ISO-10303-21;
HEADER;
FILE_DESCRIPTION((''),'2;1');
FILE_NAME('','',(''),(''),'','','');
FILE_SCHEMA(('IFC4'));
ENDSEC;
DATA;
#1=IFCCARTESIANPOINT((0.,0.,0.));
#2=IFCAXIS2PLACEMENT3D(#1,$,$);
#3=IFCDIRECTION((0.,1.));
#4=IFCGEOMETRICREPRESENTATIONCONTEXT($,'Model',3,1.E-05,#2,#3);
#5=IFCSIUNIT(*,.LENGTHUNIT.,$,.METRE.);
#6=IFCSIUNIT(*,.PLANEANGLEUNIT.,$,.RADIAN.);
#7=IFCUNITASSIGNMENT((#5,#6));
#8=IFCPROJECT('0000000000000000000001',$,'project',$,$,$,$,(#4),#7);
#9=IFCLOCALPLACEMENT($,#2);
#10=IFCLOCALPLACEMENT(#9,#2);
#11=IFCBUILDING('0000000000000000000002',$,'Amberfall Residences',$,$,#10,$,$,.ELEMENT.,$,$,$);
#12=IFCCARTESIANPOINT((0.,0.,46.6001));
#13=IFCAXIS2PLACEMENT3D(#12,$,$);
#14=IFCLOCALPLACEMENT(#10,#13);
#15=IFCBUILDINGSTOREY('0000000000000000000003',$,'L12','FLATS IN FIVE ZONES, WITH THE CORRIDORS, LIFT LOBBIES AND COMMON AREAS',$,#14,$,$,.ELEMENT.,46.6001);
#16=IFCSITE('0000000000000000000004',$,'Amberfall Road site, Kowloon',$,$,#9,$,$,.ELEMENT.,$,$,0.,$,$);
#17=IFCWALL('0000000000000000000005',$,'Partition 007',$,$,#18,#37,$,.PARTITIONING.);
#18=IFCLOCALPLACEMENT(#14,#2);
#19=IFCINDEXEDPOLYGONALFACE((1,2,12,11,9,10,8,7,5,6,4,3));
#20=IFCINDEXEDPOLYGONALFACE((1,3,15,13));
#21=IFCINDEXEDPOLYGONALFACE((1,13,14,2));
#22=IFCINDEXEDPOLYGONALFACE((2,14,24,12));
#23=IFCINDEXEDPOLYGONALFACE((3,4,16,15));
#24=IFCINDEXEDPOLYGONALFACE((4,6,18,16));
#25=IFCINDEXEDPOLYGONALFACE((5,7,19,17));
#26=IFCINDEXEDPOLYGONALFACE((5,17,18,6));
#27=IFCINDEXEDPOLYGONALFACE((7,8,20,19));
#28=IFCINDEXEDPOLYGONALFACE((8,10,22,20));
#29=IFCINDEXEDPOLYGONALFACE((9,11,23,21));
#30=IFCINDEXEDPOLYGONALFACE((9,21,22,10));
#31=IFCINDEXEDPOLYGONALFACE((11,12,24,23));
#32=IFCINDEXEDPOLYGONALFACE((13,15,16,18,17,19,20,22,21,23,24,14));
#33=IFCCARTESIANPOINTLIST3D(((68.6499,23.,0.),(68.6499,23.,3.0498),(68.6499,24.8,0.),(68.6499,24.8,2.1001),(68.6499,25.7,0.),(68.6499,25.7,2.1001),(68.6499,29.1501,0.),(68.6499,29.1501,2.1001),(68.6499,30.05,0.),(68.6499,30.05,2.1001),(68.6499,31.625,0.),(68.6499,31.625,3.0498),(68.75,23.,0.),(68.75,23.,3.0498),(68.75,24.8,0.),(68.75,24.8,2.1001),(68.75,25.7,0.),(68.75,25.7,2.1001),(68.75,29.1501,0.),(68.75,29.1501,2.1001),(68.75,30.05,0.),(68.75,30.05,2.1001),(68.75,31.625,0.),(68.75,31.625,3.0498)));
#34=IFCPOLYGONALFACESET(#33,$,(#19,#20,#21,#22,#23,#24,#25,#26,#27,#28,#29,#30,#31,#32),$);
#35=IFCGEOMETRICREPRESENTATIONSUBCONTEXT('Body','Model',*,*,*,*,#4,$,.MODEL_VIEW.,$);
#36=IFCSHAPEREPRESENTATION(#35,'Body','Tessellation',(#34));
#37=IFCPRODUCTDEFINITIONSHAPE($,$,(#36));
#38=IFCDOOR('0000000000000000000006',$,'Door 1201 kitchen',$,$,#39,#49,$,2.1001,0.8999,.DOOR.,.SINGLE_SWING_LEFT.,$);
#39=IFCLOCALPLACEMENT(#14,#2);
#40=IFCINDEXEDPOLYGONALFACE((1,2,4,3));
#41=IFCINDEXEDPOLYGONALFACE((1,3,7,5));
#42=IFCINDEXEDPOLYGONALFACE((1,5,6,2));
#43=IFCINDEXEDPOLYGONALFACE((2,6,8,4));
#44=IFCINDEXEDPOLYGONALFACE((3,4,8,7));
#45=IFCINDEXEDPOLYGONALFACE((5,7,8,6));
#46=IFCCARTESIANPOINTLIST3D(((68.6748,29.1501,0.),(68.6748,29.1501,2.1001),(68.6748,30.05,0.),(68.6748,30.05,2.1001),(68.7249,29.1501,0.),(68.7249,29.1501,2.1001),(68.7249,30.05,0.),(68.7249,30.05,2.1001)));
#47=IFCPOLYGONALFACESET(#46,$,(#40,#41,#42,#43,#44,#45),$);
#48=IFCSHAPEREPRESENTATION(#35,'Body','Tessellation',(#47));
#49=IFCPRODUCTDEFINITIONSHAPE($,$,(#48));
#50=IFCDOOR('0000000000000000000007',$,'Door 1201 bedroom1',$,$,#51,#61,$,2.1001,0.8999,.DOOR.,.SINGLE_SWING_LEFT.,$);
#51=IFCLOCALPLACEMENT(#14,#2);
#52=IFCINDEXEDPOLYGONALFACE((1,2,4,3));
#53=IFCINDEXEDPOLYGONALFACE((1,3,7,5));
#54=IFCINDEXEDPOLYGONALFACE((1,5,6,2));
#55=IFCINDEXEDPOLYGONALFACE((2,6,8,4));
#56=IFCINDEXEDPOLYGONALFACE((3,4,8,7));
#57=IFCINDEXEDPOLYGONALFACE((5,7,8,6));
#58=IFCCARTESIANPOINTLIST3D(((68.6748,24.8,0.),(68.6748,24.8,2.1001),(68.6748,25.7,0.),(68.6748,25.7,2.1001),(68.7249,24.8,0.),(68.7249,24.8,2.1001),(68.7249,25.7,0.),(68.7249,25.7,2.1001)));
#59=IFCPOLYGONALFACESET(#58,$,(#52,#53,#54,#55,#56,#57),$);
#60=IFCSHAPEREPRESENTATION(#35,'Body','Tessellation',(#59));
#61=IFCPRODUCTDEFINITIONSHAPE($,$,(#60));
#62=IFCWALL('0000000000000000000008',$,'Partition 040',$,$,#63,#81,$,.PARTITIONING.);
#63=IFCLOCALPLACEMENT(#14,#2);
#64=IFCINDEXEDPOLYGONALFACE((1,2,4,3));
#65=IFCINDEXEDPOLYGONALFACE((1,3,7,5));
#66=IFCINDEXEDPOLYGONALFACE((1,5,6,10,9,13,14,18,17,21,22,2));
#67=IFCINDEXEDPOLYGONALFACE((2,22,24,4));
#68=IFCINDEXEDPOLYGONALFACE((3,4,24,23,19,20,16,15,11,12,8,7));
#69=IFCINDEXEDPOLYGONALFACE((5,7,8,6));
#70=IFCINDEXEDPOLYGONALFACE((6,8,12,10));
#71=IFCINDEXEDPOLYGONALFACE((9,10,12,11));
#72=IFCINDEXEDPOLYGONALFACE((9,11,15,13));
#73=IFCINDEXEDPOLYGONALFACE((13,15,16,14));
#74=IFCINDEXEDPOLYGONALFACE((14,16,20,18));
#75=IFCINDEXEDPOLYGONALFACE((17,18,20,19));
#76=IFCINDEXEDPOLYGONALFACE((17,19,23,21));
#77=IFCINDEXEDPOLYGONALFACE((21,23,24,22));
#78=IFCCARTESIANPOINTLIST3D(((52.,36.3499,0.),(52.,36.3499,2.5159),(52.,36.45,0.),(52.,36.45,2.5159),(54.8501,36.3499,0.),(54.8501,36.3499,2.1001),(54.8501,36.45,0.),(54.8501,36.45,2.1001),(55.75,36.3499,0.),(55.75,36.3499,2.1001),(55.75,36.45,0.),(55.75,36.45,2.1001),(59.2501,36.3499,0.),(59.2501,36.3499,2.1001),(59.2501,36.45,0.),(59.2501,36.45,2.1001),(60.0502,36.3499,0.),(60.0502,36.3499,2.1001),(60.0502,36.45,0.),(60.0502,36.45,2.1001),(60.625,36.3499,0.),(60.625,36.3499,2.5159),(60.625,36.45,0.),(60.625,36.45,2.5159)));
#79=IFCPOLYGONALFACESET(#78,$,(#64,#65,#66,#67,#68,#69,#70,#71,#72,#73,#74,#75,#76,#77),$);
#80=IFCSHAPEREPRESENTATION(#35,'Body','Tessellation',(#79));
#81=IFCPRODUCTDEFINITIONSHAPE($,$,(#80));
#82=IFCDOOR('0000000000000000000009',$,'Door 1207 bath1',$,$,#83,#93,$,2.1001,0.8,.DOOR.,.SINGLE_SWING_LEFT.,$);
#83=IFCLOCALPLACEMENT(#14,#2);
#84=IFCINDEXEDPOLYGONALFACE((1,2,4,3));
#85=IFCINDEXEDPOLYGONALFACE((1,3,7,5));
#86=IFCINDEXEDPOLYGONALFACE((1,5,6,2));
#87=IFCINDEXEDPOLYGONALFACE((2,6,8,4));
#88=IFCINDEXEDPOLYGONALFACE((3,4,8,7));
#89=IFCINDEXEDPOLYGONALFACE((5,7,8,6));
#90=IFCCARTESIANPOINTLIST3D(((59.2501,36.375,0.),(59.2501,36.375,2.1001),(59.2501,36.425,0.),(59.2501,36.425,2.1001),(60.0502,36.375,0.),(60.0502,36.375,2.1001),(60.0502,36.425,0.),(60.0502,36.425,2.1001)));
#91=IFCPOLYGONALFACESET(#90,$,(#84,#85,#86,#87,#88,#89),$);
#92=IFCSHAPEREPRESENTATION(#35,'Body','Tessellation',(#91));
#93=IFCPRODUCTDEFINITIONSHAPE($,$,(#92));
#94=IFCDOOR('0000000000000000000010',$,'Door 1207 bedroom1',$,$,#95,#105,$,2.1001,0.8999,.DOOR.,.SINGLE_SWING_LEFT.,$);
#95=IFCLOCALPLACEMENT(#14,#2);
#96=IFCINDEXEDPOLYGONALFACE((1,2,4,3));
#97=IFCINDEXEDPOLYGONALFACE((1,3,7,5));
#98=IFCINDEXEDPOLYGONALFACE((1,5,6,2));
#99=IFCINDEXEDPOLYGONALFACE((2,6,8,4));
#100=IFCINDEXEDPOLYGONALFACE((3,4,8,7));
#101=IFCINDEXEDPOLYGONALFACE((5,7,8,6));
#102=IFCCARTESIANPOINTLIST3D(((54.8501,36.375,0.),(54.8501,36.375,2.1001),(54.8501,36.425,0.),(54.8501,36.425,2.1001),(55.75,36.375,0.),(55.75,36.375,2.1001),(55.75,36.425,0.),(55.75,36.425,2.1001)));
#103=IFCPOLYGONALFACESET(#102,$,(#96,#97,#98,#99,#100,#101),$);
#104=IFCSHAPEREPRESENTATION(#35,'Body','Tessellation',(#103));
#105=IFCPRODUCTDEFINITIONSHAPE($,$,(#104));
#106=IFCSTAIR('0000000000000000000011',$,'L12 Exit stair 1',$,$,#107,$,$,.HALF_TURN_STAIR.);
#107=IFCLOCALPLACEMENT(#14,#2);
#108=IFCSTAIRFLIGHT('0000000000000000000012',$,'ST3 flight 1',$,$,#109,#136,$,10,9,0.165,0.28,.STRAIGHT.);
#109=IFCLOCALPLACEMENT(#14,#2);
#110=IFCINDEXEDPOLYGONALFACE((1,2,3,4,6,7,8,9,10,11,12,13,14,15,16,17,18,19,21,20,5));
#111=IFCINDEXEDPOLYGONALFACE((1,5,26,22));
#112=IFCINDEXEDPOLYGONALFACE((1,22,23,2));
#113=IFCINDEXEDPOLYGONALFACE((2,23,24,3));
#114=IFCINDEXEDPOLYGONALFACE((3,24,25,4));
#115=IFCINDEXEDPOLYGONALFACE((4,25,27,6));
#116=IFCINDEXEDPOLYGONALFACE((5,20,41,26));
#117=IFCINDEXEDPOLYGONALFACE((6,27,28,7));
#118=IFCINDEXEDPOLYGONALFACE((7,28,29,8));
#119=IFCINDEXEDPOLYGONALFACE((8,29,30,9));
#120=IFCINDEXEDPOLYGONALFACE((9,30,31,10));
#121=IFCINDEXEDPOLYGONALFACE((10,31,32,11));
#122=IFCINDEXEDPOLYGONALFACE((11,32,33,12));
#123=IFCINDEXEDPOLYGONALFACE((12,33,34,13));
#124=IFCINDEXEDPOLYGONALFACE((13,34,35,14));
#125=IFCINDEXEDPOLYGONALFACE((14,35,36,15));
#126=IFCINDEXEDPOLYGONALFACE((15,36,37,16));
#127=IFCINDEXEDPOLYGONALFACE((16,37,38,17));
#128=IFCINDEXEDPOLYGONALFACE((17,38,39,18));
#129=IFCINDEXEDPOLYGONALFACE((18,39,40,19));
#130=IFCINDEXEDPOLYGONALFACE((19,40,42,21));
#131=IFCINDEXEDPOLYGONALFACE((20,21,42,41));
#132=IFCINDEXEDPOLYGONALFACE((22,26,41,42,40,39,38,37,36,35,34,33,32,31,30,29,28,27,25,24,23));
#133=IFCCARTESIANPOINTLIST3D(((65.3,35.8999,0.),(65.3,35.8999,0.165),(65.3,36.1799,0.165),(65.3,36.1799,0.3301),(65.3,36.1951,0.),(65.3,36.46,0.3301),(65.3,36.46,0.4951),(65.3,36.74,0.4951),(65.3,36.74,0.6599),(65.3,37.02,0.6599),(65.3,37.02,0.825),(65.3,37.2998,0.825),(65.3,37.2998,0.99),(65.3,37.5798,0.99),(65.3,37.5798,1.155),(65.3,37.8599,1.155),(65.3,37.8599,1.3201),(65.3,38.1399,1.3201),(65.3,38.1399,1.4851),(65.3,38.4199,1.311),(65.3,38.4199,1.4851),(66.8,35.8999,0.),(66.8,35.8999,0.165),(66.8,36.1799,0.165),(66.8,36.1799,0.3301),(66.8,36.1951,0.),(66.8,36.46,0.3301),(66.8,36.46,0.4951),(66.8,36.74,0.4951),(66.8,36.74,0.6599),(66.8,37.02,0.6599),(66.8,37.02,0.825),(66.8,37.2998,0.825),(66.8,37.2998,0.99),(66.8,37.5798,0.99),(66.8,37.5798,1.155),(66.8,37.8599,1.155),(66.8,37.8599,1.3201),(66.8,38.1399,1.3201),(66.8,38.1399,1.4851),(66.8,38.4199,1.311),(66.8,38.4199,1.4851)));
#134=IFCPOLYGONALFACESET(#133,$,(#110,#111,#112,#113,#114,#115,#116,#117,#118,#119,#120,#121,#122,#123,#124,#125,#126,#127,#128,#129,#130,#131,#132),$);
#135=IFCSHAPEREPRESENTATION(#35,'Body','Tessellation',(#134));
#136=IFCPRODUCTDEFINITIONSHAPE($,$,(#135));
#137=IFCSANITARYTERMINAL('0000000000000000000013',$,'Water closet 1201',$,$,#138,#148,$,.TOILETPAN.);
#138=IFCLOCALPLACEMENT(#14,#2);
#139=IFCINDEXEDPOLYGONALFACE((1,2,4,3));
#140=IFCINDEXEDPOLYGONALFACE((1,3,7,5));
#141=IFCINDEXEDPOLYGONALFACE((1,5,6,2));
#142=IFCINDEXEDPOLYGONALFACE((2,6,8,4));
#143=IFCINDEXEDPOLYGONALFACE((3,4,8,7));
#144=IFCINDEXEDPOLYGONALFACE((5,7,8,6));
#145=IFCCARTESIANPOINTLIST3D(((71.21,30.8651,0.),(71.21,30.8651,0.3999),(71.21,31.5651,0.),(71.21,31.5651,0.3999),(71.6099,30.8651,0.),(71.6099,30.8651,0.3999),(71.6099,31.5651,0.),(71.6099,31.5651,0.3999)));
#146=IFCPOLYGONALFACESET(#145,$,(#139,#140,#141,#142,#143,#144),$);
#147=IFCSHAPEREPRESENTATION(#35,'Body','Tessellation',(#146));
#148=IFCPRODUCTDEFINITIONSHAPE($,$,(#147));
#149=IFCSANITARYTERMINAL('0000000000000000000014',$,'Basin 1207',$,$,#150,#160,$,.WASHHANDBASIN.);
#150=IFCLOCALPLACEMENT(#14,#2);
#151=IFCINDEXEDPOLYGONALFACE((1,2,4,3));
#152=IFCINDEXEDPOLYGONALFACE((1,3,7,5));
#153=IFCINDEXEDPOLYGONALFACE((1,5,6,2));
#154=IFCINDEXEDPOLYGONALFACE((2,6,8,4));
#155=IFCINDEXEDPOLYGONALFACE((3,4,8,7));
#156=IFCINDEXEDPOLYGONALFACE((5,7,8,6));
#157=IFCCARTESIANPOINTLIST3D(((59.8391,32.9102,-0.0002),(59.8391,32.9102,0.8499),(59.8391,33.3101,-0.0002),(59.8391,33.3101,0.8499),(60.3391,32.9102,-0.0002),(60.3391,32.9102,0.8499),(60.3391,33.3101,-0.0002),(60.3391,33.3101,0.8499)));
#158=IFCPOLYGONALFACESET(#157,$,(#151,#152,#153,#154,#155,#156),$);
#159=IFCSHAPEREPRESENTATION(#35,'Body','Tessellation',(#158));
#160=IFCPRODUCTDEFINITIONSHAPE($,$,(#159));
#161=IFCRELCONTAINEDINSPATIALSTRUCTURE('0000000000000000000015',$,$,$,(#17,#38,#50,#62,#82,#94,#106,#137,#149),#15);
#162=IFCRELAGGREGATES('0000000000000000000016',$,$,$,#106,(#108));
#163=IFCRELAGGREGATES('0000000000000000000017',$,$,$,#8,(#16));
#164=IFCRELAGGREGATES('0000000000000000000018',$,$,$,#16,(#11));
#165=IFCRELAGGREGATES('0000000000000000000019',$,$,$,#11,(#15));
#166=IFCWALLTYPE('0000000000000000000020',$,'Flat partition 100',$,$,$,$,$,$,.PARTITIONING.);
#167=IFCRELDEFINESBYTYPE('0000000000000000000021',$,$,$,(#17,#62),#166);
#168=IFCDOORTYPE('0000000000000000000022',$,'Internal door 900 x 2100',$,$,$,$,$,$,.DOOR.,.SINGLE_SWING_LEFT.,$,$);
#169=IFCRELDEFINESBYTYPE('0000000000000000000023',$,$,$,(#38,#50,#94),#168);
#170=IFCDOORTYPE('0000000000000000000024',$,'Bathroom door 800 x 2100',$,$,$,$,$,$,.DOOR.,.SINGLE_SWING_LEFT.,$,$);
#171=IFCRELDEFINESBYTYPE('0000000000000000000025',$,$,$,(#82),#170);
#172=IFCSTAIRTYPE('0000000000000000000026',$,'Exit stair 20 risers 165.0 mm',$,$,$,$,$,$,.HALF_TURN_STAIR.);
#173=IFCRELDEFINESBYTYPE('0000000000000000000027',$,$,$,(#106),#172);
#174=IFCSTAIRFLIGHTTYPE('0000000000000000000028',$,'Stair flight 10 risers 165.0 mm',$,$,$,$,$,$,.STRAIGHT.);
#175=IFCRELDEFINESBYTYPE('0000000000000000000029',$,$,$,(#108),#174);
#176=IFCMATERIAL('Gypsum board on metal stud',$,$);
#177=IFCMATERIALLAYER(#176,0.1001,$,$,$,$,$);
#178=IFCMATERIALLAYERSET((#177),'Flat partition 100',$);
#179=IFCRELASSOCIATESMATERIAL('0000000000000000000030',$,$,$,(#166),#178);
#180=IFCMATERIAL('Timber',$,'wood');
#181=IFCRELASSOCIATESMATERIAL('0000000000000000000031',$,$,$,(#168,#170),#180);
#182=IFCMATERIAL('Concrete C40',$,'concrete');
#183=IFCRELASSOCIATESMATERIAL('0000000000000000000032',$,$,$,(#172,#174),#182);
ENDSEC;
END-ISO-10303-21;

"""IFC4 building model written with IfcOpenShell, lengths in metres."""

from ifc_helpers import new_model, si_unit, direction, frame, frame_2d, origin, origin_2d, place, context, subcontext, project, spatial, polyline, rectangle, outline, extrude, material, layer, layer_set, type_object, element, fill, aggregate, save


model = new_model("IFC4")

# Units and contexts
model_context = context("Model", 3, precision=1e-05, world=origin(), true_north=direction((0.0, 1.0)))
body_context = subcontext(model_context, "Body", "Model", "MODEL_VIEW")
ifc_project = project(units=[si_unit("LENGTHUNIT", "METRE"), si_unit("PLANEANGLEUNIT", "RADIAN")], contexts=[model_context])

# Site, building, storey
site_placement = place(None, origin())
site = spatial("IfcSite", under=ifc_project, at=site_placement, Name="Amberfall Road site, Kowloon", CompositionType="ELEMENT", RefElevation=0.0)
building_placement = place(site_placement, origin())
building = spatial("IfcBuilding", under=site, at=building_placement, Name="Amberfall Residences", CompositionType="ELEMENT")
storey_placement = place(building_placement, frame((0.0, 0.0, 46.6001)))
storey = spatial("IfcBuildingStorey", under=building, at=storey_placement, Name="L12", Description="FLATS IN FIVE ZONES, WITH THE CORRIDORS, LIFT LOBBIES AND COMMON AREAS", CompositionType="ELEMENT", Elevation=46.6001)

# Walls, openings, doors
ifc_material_1 = material(Name="Gypsum board on metal stud")
ifc_layer_1 = layer(ifc_material_1, 0.1001)
ifc_layer_set_1 = layer_set([ifc_layer_1], Name="Flat partition 100")
wall_type_1 = type_object("IfcWallType", Name="Flat partition 100", PredefinedType="PARTITIONING", material=ifc_layer_set_1)
wall_1_placement = place(storey_placement, frame((68.7, 31.625, 0.0), z_axis=(0.0, 0.0, 1.0), x_axis=(0.0, -1.0, 0.0)))
wall_1 = element("IfcWall", 1, at=wall_1_placement, inside=storey, type_object=wall_type_1, Name="Partition 007", PredefinedType="PARTITIONING", context=body_context, shape_type="SweptSolid", body=[
    extrude(rectangle(XDim=8.625, YDim=0.1001, at=frame_2d((4.3125, 0.0))), origin(), (0.0, 0.0, 1.0), 3.0498),
])
opening_1_placement = place(wall_1_placement, frame((1.575, 0.0, 0.0)))
opening_1 = element("IfcOpeningElement", 2, at=opening_1_placement, cuts=wall_1, PredefinedType="OPENING", context=body_context, shape_type="SweptSolid", body=[
    extrude(rectangle(XDim=0.8999, YDim=2.1001, at=frame_2d((0.45, 1.05))), frame((0.0, 0.0601, 0.0), z_axis=(0.0, -1.0, 0.0), x_axis=(1.0, 0.0, 0.0)), (0.0, 0.0, 1.0), 0.1201),
])
opening_2_placement = place(wall_1_placement, frame((5.925, 0.0, 0.0)))
opening_2 = element("IfcOpeningElement", 3, at=opening_2_placement, cuts=wall_1, PredefinedType="OPENING", context=body_context, shape_type="SweptSolid", body=[
    extrude(rectangle(XDim=0.8999, YDim=2.1001, at=frame_2d((0.45, 1.05))), frame((0.0, 0.0601, 0.0), z_axis=(0.0, -1.0, 0.0), x_axis=(1.0, 0.0, 0.0)), (0.0, 0.0, 1.0), 0.1201),
])
ifc_material_2 = material(Name="Timber", Category="wood")
door_type_1 = type_object("IfcDoorType", Name="Internal door 900 x 2100", OperationType="SINGLE_SWING_LEFT", PredefinedType="DOOR", material=ifc_material_2)
door_1_placement = place(opening_1_placement, origin())
door_1 = element("IfcDoor", 4, at=door_1_placement, inside=storey, type_object=door_type_1, Name="Door 1201 kitchen", OperationType="SINGLE_SWING_LEFT", OverallHeight=2.1001, OverallWidth=0.8999, PredefinedType="DOOR", context=body_context, shape_type="SweptSolid", body=[
    extrude(rectangle(XDim=0.8999, YDim=2.1001, at=frame_2d((0.45, 1.05))), frame((0.0, 0.0249, 0.0), z_axis=(0.0, -1.0, 0.0), x_axis=(1.0, 0.0, 0.0)), (0.0, 0.0, 1.0), 0.05),
])
fill(opening_1, door_1)
door_2_placement = place(opening_2_placement, origin())
door_2 = element("IfcDoor", 5, at=door_2_placement, inside=storey, type_object=door_type_1, Name="Door 1201 bedroom1", OperationType="SINGLE_SWING_LEFT", OverallHeight=2.1001, OverallWidth=0.8999, PredefinedType="DOOR", context=body_context, shape_type="SweptSolid", body=[
    extrude(rectangle(XDim=0.8999, YDim=2.1001, at=frame_2d((0.45, 1.05))), frame((0.0, 0.0249, 0.0), z_axis=(0.0, -1.0, 0.0), x_axis=(1.0, 0.0, 0.0)), (0.0, 0.0, 1.0), 0.05),
])
fill(opening_2, door_2)
wall_2_placement = place(storey_placement, frame((60.625, 36.3999, 0.0), z_axis=(0.0, 0.0, 1.0), x_axis=(-1.0, 0.0, 0.0)))
wall_2 = element("IfcWall", 6, at=wall_2_placement, inside=storey, type_object=wall_type_1, Name="Partition 040", PredefinedType="PARTITIONING", context=body_context, shape_type="SweptSolid", body=[
    extrude(rectangle(XDim=8.625, YDim=0.1001, at=frame_2d((4.3125, 0.0))), origin(), (0.0, 0.0, 1.0), 2.5159),
])
opening_3_placement = place(wall_2_placement, frame((4.875, 0.0, 0.0)))
opening_3 = element("IfcOpeningElement", 7, at=opening_3_placement, cuts=wall_2, PredefinedType="OPENING", context=body_context, shape_type="SweptSolid", body=[
    extrude(rectangle(XDim=0.8999, YDim=2.1001, at=frame_2d((0.45, 1.05))), frame((0.0, 0.0601, 0.0), z_axis=(0.0, -1.0, 0.0), x_axis=(1.0, 0.0, 0.0)), (0.0, 0.0, 1.0), 0.1201),
])
opening_4_placement = place(wall_2_placement, frame((0.575, 0.0, 0.0)))
opening_4 = element("IfcOpeningElement", 8, at=opening_4_placement, cuts=wall_2, PredefinedType="OPENING", context=body_context, shape_type="SweptSolid", body=[
    extrude(rectangle(XDim=0.8, YDim=2.1001, at=frame_2d((0.3999, 1.05))), frame((0.0, 0.0601, 0.0), z_axis=(0.0, -1.0, 0.0), x_axis=(1.0, 0.0, 0.0)), (0.0, 0.0, 1.0), 0.1201),
])
door_type_2 = type_object("IfcDoorType", Name="Bathroom door 800 x 2100", OperationType="SINGLE_SWING_LEFT", PredefinedType="DOOR", material=ifc_material_2)
door_3_placement = place(opening_4_placement, origin())
door_3 = element("IfcDoor", 9, at=door_3_placement, inside=storey, type_object=door_type_2, Name="Door 1207 bath1", OperationType="SINGLE_SWING_LEFT", OverallHeight=2.1001, OverallWidth=0.8, PredefinedType="DOOR", context=body_context, shape_type="SweptSolid", body=[
    extrude(rectangle(XDim=0.8, YDim=2.1001, at=frame_2d((0.3999, 1.05))), frame((0.0, 0.0249, 0.0), z_axis=(0.0, -1.0, 0.0), x_axis=(1.0, 0.0, 0.0)), (0.0, 0.0, 1.0), 0.05),
])
fill(opening_4, door_3)
door_4_placement = place(opening_3_placement, origin())
door_4 = element("IfcDoor", 10, at=door_4_placement, inside=storey, type_object=door_type_1, Name="Door 1207 bedroom1", OperationType="SINGLE_SWING_LEFT", OverallHeight=2.1001, OverallWidth=0.8999, PredefinedType="DOOR", context=body_context, shape_type="SweptSolid", body=[
    extrude(rectangle(XDim=0.8999, YDim=2.1001, at=frame_2d((0.45, 1.05))), frame((0.0, 0.0249, 0.0), z_axis=(0.0, -1.0, 0.0), x_axis=(1.0, 0.0, 0.0)), (0.0, 0.0, 1.0), 0.05),
])
fill(opening_3, door_4)

# Stair, stair flight
ifc_material_3 = material(Name="Concrete C40", Category="concrete")
stair_type = type_object("IfcStairType", Name="Exit stair 20 risers 165.0 mm", PredefinedType="HALF_TURN_STAIR", material=ifc_material_3)
stair_placement = place(storey_placement, origin())
stair = element("IfcStair", 11, at=stair_placement, inside=storey, type_object=stair_type, Name="L12 Exit stair 1", PredefinedType="HALF_TURN_STAIR")
stair_flight_type = type_object("IfcStairFlightType", Name="Stair flight 10 risers 165.0 mm", PredefinedType="STRAIGHT", material=ifc_material_3)
stair_flight_placement = place(storey_placement, frame((66.05, 35.8999, 0.0), z_axis=(0.0, 0.0, 1.0), x_axis=(0.0, 1.0, 0.0)))
stair_flight = element("IfcStairFlight", 12, at=stair_flight_placement, type_object=stair_flight_type, Name="ST3 flight 1", NumberOfRisers=10, NumberOfTreads=9, PredefinedType="STRAIGHT", RiserHeight=0.165, TreadLength=0.28, context=body_context, shape_type="SweptSolid", body=[
    extrude(outline(polyline([(0.0, 0.0), (0.0, 0.165), (0.28, 0.165), (0.28, 0.3301), (0.5601, 0.3301), (0.5601, 0.4951), (0.8401, 0.4951), (0.8401, 0.6599), (1.1201, 0.6599), (1.1201, 0.825), (1.3999, 0.825), (1.3999, 0.99), (1.6799, 0.99), (1.6799, 1.155), (1.96, 1.155), (1.96, 1.3201), (2.24, 1.3201), (2.24, 1.4851), (2.52, 1.4851), (2.52, 1.6499), (2.52, 1.311), (0.2952, 0.0), (0.0, 0.0)])), frame((0.0, 0.75, 0.0), z_axis=(0.0, -1.0, 0.0), x_axis=(1.0, 0.0, 0.0)), (0.0, 0.0, 1.0), 1.5),
])
aggregate(stair, [stair_flight])

# Sanitary terminals
sanitary_terminal_1_placement = place(storey_placement, frame((71.4099, 31.2151, 0.0), z_axis=(0.0, 0.0, 1.0), x_axis=(1.0, 0.0, 0.0)))
element("IfcSanitaryTerminal", 13, at=sanitary_terminal_1_placement, inside=storey, Name="Water closet 1201", PredefinedType="TOILETPAN", context=body_context, shape_type="SweptSolid", body=[
    extrude(rectangle(XDim=0.3999, YDim=0.7, at=origin_2d()), origin(), (0.0, 0.0, 1.0), 0.3999),
])
sanitary_terminal_2_placement = place(storey_placement, frame((60.0891, 33.1101, -0.0002), z_axis=(0.0, 0.0, 1.0), x_axis=(1.0, 0.0, 0.0)))
element("IfcSanitaryTerminal", 14, at=sanitary_terminal_2_placement, inside=storey, Name="Basin 1207", PredefinedType="WASHHANDBASIN", context=body_context, shape_type="SweptSolid", body=[
    extrude(rectangle(XDim=0.5, YDim=0.3999, at=origin_2d()), origin(), (0.0, 0.0, 1.0), 0.8501),
])

save(model, "model.ifc")
